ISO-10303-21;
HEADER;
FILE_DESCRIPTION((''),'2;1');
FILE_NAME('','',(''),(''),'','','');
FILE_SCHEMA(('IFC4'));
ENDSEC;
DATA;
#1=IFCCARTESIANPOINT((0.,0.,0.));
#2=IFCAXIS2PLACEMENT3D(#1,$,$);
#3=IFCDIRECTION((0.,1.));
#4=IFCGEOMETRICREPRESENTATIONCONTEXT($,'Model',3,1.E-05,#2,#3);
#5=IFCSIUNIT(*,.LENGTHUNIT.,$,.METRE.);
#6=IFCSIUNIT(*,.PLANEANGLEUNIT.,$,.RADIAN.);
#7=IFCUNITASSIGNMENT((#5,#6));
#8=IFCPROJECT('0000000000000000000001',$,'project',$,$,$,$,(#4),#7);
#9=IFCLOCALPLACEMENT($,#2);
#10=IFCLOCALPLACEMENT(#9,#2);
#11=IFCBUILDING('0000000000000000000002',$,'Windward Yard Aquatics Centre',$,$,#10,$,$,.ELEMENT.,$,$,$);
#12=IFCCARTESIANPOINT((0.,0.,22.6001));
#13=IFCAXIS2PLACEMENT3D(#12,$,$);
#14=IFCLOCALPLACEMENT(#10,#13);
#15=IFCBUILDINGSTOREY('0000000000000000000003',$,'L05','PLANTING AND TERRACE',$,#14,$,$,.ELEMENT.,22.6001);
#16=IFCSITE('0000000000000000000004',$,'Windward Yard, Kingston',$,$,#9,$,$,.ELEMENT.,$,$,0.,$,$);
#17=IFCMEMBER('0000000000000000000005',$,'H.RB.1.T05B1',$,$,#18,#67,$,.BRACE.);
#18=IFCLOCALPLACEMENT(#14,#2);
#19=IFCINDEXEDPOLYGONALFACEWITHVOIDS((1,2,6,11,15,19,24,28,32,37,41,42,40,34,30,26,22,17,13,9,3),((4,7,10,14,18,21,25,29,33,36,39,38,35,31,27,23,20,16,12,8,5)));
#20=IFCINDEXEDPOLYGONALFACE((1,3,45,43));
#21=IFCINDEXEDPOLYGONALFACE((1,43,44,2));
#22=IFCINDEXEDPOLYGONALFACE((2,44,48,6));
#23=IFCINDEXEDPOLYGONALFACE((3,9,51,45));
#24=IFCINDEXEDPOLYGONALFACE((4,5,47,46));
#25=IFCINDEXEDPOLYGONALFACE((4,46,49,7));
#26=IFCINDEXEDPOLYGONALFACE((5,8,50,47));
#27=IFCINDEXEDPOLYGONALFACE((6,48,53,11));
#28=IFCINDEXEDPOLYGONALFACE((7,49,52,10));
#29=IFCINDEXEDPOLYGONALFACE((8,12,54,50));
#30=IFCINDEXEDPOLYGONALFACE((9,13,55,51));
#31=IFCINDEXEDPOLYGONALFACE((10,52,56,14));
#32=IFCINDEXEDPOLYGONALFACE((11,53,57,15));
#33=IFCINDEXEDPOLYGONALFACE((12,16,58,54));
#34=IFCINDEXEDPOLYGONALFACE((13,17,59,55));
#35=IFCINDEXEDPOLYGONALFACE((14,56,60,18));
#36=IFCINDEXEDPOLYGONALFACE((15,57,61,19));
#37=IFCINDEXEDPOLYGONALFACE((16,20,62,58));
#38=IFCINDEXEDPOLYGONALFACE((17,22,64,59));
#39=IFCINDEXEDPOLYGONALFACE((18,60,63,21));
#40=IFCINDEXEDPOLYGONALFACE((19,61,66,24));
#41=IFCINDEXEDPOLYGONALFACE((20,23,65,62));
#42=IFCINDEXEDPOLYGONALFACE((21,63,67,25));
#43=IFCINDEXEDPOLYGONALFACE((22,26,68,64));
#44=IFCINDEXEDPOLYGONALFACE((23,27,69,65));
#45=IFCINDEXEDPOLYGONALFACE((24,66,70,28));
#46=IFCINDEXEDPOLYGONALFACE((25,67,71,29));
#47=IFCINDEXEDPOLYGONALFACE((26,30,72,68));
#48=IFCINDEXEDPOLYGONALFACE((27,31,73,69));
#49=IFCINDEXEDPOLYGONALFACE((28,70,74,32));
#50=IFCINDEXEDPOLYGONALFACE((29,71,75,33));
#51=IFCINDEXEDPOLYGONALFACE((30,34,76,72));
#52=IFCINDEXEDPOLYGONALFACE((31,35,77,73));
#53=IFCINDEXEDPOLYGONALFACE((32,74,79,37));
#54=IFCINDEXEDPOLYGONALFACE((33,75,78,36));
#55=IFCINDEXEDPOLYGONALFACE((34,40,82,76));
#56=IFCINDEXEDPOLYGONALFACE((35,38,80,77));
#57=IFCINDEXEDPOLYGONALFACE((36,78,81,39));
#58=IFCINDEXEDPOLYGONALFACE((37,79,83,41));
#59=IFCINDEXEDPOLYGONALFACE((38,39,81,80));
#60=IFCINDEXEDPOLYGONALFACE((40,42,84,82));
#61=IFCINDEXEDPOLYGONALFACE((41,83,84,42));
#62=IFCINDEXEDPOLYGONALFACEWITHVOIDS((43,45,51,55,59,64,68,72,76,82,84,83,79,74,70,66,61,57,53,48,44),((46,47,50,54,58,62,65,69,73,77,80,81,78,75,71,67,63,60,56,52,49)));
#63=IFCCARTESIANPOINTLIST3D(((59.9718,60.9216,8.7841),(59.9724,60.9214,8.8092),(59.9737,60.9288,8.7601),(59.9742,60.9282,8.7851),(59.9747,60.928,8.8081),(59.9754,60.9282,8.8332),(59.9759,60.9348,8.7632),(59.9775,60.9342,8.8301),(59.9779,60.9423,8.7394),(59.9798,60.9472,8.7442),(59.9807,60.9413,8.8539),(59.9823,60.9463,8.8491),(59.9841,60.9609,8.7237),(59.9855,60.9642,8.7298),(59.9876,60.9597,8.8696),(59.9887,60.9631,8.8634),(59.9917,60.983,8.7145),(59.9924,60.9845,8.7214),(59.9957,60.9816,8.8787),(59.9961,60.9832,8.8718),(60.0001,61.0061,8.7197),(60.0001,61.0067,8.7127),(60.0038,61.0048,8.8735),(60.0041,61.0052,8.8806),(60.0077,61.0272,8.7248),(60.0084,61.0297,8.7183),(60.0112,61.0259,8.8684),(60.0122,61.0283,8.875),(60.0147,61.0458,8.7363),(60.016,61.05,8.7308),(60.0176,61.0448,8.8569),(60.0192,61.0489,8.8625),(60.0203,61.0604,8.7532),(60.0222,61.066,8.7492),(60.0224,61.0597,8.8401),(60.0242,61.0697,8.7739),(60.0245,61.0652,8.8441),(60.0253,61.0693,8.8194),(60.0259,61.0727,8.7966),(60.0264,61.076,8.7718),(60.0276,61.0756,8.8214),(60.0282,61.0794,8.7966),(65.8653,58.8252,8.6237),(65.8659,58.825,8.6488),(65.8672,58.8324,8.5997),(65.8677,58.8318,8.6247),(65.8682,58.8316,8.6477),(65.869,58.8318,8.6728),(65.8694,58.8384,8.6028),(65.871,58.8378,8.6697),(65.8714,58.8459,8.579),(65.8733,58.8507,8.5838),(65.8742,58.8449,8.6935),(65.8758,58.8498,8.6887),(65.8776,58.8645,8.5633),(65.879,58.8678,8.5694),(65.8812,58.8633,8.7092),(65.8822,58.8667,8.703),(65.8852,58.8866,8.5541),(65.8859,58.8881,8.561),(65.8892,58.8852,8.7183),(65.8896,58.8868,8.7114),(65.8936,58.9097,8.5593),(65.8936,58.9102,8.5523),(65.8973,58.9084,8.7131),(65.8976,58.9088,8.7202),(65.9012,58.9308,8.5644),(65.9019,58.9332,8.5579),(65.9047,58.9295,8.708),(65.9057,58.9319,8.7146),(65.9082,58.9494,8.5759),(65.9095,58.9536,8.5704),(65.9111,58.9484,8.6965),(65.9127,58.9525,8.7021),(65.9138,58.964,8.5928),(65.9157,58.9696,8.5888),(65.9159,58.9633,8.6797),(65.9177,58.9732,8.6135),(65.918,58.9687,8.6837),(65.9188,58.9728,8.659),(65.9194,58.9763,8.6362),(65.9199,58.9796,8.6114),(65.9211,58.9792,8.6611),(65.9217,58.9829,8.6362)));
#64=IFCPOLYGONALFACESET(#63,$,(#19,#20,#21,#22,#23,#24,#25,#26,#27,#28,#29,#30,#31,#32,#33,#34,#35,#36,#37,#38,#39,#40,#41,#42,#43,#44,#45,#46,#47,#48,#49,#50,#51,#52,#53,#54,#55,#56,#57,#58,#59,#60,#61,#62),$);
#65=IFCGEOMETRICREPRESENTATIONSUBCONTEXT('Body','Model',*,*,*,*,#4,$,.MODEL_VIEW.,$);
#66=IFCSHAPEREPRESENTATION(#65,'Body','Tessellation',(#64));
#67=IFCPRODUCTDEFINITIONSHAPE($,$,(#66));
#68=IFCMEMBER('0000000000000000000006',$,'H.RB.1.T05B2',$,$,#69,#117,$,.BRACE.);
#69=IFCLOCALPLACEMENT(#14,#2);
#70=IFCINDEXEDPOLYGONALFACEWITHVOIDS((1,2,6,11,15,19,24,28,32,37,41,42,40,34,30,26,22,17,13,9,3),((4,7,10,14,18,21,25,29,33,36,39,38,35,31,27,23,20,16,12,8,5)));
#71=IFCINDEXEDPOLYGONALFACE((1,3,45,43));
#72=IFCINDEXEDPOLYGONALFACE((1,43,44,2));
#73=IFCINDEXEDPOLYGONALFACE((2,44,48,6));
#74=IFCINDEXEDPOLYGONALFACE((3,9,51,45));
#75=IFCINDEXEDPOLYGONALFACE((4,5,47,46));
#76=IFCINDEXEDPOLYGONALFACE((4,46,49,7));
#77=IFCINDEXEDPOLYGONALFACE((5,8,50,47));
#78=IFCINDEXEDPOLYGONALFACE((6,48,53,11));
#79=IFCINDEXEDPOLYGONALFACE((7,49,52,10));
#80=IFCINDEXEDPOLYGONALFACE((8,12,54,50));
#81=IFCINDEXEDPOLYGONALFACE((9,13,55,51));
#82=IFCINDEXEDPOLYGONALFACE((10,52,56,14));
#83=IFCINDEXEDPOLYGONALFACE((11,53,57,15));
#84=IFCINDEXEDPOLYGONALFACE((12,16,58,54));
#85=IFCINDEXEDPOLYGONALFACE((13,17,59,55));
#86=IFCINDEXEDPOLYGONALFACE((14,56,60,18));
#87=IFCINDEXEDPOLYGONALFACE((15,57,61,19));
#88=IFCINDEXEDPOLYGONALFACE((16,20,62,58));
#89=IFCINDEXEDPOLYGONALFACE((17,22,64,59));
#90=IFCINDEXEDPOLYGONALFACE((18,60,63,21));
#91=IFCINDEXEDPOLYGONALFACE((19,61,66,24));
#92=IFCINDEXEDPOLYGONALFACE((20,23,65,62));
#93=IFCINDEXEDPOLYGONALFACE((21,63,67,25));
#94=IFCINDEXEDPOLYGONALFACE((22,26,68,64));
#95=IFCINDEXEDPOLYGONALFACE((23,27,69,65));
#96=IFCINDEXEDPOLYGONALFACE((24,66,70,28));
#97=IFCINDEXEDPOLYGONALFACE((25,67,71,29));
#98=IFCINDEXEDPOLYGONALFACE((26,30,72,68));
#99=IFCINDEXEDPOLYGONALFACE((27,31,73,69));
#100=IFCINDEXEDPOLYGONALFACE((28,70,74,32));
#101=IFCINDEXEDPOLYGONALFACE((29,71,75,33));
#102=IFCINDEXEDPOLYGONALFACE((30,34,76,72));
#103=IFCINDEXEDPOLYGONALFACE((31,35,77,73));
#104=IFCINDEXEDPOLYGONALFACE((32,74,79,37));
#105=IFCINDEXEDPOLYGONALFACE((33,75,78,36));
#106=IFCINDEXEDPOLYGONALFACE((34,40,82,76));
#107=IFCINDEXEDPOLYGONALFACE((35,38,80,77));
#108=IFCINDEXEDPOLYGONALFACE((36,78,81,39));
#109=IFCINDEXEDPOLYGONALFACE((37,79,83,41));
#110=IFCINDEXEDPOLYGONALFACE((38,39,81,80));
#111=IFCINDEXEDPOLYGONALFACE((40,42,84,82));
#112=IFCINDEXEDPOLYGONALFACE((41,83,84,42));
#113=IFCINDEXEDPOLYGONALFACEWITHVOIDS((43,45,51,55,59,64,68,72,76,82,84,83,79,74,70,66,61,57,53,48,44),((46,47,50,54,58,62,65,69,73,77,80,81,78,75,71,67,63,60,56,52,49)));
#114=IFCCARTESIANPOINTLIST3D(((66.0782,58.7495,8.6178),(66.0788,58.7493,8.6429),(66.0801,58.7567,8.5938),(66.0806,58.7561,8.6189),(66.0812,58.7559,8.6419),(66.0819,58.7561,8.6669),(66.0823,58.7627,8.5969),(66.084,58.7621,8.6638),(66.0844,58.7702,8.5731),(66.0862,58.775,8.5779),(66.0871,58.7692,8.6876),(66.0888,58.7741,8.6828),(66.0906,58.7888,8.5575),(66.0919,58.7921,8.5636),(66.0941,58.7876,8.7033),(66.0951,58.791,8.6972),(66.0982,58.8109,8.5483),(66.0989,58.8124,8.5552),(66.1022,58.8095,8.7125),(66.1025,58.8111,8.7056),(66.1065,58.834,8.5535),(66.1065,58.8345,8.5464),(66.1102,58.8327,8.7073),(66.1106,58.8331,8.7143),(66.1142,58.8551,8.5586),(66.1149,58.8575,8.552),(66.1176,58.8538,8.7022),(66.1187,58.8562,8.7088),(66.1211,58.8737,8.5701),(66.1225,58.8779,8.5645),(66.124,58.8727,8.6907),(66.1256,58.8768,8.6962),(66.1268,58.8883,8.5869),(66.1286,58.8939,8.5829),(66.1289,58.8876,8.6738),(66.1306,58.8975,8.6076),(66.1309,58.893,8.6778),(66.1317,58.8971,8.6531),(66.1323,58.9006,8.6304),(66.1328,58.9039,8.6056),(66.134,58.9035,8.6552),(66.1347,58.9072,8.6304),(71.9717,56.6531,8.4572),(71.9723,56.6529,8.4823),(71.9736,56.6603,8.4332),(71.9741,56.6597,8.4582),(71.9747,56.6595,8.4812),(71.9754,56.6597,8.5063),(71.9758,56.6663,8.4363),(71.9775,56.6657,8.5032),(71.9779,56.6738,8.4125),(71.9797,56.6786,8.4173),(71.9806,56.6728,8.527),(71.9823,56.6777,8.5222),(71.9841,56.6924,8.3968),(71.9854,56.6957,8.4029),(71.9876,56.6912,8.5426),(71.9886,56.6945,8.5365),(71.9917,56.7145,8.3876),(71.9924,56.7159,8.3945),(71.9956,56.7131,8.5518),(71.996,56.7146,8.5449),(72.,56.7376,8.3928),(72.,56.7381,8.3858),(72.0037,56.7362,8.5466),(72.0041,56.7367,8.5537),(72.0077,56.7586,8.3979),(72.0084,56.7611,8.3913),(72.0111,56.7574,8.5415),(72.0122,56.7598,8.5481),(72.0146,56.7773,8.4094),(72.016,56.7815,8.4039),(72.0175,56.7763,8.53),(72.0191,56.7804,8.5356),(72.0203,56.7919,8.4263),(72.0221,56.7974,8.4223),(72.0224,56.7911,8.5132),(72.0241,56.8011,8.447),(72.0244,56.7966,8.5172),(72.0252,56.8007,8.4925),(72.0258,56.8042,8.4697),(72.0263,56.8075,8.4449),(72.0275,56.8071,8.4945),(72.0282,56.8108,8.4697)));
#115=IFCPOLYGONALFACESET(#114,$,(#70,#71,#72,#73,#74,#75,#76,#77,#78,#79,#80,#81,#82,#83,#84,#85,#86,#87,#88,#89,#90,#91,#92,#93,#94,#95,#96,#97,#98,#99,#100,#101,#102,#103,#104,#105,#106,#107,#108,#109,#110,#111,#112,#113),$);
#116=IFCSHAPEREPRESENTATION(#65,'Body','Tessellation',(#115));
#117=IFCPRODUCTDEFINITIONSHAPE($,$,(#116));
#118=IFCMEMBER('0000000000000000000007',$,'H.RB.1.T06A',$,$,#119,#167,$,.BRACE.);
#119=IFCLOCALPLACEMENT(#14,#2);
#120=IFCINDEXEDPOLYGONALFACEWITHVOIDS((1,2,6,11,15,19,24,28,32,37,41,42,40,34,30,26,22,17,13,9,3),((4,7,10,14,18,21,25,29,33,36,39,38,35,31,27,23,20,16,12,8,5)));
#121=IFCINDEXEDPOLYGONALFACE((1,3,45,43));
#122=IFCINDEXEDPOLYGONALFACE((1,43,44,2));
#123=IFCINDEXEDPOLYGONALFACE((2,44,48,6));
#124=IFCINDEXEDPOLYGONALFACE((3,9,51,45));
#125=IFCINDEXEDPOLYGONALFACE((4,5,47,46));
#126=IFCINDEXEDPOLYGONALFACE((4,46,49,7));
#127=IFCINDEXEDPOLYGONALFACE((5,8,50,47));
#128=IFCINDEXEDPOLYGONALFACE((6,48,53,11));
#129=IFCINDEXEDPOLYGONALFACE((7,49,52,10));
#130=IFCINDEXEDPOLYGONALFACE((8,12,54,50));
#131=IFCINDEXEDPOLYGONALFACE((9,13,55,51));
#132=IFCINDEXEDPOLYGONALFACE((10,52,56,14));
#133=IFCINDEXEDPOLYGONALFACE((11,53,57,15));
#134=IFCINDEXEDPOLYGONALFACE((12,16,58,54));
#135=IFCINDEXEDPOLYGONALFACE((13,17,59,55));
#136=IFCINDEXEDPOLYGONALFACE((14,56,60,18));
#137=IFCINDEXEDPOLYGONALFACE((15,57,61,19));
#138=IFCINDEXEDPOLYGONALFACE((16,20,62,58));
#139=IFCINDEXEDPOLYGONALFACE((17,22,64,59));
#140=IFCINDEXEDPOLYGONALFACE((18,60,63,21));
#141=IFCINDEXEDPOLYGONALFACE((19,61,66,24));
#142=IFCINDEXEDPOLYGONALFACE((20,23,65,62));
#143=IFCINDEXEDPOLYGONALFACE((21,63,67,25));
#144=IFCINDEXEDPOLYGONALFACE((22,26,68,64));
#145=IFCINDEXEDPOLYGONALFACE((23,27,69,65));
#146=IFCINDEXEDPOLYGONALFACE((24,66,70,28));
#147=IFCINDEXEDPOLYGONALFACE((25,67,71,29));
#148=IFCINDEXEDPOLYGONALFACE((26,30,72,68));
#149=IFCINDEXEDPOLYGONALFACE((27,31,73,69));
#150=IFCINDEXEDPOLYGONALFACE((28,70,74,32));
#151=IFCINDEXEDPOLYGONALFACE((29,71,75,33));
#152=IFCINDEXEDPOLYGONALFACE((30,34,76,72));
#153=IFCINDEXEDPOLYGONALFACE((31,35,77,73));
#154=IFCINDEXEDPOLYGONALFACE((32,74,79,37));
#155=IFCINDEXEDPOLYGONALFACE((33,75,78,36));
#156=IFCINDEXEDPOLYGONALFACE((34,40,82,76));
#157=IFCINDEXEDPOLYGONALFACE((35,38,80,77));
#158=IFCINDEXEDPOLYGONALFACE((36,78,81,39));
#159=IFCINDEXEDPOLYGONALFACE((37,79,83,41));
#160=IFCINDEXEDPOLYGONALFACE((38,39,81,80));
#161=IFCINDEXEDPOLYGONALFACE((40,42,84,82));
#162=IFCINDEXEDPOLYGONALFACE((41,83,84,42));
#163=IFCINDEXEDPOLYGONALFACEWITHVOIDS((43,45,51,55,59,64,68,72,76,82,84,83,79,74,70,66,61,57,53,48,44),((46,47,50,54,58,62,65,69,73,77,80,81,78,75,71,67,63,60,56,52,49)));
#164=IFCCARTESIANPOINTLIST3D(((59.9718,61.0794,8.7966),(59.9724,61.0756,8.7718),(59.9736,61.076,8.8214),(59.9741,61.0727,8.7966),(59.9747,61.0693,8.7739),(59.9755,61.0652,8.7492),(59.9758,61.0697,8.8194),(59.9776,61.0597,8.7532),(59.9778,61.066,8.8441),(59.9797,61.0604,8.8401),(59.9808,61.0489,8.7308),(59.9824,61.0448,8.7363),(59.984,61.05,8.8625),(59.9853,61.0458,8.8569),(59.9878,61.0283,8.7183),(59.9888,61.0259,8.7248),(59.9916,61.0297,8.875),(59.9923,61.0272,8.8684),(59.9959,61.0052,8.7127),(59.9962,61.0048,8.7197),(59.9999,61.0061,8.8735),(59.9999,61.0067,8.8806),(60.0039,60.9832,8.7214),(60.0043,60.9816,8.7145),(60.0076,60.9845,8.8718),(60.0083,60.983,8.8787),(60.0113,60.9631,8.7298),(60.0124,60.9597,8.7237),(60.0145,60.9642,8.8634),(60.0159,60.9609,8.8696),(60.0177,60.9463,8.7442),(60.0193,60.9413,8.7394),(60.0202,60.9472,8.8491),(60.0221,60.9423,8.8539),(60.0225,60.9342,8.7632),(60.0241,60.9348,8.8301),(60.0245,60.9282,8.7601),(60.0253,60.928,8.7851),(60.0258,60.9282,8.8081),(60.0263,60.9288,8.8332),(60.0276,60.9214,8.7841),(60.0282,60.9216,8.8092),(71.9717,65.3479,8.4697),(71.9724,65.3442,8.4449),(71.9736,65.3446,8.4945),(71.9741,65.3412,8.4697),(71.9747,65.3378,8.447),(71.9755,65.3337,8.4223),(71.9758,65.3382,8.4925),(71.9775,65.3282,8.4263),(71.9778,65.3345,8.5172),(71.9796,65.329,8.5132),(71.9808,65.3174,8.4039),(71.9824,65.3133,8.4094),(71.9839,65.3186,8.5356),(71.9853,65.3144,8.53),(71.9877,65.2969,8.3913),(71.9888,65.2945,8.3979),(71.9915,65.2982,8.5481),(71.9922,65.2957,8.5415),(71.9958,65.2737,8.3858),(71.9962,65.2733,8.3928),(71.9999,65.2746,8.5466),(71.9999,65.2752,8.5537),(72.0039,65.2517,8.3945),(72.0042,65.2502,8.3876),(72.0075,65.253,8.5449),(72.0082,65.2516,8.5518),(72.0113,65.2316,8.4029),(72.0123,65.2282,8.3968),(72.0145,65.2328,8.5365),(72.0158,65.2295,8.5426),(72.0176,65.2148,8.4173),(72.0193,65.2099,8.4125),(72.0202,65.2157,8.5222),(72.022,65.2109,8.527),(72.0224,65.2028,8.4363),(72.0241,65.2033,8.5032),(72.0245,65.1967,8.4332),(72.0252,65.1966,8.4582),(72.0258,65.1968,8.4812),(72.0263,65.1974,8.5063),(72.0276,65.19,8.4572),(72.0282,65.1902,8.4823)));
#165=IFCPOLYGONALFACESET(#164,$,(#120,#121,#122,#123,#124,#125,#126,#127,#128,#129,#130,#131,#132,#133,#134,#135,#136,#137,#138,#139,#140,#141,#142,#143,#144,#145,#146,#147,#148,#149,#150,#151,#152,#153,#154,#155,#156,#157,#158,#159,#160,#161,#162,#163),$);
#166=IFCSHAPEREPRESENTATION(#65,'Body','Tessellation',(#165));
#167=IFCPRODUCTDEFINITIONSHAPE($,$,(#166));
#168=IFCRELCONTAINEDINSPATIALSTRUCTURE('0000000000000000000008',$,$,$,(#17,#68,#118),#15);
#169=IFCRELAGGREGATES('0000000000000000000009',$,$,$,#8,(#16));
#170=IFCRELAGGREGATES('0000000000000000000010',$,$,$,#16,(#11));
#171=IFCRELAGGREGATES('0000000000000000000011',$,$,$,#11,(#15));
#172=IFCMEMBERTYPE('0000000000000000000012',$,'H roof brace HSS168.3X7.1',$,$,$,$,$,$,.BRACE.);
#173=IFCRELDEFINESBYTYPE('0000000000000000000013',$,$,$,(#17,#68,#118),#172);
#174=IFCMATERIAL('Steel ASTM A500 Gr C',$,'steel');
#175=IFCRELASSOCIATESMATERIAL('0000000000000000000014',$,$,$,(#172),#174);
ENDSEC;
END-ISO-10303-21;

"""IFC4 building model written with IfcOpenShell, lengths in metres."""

from ifc_helpers import new_model, si_unit, direction, frame, origin, origin_2d, place, context, subcontext, project, spatial, hollow_circle, extrude, material, material_profile, profile_set, type_object, element, save


model = new_model("IFC4")

# Units and contexts
model_context = context("Model", 3, precision=1e-05, world=origin(), true_north=direction((0.0, 1.0)))
body_context = subcontext(model_context, "Body", "Model", "MODEL_VIEW")
ifc_project = project(units=[si_unit("LENGTHUNIT", "METRE"), si_unit("PLANEANGLEUNIT", "RADIAN")], contexts=[model_context])

# Site, building, storey
site_placement = place(None, origin())
site = spatial("IfcSite", under=ifc_project, at=site_placement, Name="Windward Yard, Kingston", CompositionType="ELEMENT", RefElevation=0.0)
building_placement = place(site_placement, origin())
building = spatial("IfcBuilding", under=site, at=building_placement, Name="Windward Yard Aquatics Centre", CompositionType="ELEMENT")
storey_placement = place(building_placement, frame((0.0, 0.0, 22.6001)))
storey = spatial("IfcBuildingStorey", under=building, at=storey_placement, Name="L05", Description="PLANTING AND TERRACE", CompositionType="ELEMENT", Elevation=22.6001)

# Members
ifc_material_1 = material(Name="Steel ASTM A500 Gr C", Category="steel")
ifc_material_profile_1 = material_profile(ifc_material_1, hollow_circle(Radius=0.0842, WallThickness=0.0071, at=origin_2d()), Name="HSS168.3X7.1")
ifc_profile_set_1 = profile_set([ifc_material_profile_1], Name="Steel ASTM A500 Gr C")
member_type_1 = type_object("IfcMemberType", Name="H roof brace HSS168.3X7.1", PredefinedType="BRACE", material=ifc_profile_set_1)
for number, where, z_axis, x_axis, name in (
    (1, (60.0, 61.0, 8.7966), (0.941857, -0.335034, -0.025634), (0.335144, 0.942167, 0.0), "H.RB.1.T05B1"),
    (2, (66.1064, 58.8279, 8.6304), (0.941856, -0.335034, -0.025673), (0.335144, 0.942167, 0.0), "H.RB.1.T05B2"),
):
    element("IfcMember", number, at=place(storey_placement, frame(where, z_axis=z_axis, x_axis=x_axis)), inside=storey, type_object=member_type_1, Name=name, PredefinedType="BRACE", context=body_context, shape_type="SweptSolid", body=[
        extrude(hollow_circle(Radius=0.0842, WallThickness=0.0071, at=origin_2d()), origin(), (0.0, 0.0, 1.0), 6.2573),
    ])
member_1_placement = place(storey_placement, frame((60.0, 61.0, 8.7966), z_axis=(0.941858, 0.335031, -0.025658), x_axis=(-0.335141, 0.942168, 0.0)))
element("IfcMember", 3, at=member_1_placement, inside=storey, type_object=member_type_1, Name="H.RB.1.T06A", PredefinedType="BRACE", context=body_context, shape_type="SweptSolid", body=[
    extrude(hollow_circle(Radius=0.0842, WallThickness=0.0071, at=origin_2d()), origin(), (0.0, 0.0, 1.0), 12.7407),
])

save(model, "model.ifc")
